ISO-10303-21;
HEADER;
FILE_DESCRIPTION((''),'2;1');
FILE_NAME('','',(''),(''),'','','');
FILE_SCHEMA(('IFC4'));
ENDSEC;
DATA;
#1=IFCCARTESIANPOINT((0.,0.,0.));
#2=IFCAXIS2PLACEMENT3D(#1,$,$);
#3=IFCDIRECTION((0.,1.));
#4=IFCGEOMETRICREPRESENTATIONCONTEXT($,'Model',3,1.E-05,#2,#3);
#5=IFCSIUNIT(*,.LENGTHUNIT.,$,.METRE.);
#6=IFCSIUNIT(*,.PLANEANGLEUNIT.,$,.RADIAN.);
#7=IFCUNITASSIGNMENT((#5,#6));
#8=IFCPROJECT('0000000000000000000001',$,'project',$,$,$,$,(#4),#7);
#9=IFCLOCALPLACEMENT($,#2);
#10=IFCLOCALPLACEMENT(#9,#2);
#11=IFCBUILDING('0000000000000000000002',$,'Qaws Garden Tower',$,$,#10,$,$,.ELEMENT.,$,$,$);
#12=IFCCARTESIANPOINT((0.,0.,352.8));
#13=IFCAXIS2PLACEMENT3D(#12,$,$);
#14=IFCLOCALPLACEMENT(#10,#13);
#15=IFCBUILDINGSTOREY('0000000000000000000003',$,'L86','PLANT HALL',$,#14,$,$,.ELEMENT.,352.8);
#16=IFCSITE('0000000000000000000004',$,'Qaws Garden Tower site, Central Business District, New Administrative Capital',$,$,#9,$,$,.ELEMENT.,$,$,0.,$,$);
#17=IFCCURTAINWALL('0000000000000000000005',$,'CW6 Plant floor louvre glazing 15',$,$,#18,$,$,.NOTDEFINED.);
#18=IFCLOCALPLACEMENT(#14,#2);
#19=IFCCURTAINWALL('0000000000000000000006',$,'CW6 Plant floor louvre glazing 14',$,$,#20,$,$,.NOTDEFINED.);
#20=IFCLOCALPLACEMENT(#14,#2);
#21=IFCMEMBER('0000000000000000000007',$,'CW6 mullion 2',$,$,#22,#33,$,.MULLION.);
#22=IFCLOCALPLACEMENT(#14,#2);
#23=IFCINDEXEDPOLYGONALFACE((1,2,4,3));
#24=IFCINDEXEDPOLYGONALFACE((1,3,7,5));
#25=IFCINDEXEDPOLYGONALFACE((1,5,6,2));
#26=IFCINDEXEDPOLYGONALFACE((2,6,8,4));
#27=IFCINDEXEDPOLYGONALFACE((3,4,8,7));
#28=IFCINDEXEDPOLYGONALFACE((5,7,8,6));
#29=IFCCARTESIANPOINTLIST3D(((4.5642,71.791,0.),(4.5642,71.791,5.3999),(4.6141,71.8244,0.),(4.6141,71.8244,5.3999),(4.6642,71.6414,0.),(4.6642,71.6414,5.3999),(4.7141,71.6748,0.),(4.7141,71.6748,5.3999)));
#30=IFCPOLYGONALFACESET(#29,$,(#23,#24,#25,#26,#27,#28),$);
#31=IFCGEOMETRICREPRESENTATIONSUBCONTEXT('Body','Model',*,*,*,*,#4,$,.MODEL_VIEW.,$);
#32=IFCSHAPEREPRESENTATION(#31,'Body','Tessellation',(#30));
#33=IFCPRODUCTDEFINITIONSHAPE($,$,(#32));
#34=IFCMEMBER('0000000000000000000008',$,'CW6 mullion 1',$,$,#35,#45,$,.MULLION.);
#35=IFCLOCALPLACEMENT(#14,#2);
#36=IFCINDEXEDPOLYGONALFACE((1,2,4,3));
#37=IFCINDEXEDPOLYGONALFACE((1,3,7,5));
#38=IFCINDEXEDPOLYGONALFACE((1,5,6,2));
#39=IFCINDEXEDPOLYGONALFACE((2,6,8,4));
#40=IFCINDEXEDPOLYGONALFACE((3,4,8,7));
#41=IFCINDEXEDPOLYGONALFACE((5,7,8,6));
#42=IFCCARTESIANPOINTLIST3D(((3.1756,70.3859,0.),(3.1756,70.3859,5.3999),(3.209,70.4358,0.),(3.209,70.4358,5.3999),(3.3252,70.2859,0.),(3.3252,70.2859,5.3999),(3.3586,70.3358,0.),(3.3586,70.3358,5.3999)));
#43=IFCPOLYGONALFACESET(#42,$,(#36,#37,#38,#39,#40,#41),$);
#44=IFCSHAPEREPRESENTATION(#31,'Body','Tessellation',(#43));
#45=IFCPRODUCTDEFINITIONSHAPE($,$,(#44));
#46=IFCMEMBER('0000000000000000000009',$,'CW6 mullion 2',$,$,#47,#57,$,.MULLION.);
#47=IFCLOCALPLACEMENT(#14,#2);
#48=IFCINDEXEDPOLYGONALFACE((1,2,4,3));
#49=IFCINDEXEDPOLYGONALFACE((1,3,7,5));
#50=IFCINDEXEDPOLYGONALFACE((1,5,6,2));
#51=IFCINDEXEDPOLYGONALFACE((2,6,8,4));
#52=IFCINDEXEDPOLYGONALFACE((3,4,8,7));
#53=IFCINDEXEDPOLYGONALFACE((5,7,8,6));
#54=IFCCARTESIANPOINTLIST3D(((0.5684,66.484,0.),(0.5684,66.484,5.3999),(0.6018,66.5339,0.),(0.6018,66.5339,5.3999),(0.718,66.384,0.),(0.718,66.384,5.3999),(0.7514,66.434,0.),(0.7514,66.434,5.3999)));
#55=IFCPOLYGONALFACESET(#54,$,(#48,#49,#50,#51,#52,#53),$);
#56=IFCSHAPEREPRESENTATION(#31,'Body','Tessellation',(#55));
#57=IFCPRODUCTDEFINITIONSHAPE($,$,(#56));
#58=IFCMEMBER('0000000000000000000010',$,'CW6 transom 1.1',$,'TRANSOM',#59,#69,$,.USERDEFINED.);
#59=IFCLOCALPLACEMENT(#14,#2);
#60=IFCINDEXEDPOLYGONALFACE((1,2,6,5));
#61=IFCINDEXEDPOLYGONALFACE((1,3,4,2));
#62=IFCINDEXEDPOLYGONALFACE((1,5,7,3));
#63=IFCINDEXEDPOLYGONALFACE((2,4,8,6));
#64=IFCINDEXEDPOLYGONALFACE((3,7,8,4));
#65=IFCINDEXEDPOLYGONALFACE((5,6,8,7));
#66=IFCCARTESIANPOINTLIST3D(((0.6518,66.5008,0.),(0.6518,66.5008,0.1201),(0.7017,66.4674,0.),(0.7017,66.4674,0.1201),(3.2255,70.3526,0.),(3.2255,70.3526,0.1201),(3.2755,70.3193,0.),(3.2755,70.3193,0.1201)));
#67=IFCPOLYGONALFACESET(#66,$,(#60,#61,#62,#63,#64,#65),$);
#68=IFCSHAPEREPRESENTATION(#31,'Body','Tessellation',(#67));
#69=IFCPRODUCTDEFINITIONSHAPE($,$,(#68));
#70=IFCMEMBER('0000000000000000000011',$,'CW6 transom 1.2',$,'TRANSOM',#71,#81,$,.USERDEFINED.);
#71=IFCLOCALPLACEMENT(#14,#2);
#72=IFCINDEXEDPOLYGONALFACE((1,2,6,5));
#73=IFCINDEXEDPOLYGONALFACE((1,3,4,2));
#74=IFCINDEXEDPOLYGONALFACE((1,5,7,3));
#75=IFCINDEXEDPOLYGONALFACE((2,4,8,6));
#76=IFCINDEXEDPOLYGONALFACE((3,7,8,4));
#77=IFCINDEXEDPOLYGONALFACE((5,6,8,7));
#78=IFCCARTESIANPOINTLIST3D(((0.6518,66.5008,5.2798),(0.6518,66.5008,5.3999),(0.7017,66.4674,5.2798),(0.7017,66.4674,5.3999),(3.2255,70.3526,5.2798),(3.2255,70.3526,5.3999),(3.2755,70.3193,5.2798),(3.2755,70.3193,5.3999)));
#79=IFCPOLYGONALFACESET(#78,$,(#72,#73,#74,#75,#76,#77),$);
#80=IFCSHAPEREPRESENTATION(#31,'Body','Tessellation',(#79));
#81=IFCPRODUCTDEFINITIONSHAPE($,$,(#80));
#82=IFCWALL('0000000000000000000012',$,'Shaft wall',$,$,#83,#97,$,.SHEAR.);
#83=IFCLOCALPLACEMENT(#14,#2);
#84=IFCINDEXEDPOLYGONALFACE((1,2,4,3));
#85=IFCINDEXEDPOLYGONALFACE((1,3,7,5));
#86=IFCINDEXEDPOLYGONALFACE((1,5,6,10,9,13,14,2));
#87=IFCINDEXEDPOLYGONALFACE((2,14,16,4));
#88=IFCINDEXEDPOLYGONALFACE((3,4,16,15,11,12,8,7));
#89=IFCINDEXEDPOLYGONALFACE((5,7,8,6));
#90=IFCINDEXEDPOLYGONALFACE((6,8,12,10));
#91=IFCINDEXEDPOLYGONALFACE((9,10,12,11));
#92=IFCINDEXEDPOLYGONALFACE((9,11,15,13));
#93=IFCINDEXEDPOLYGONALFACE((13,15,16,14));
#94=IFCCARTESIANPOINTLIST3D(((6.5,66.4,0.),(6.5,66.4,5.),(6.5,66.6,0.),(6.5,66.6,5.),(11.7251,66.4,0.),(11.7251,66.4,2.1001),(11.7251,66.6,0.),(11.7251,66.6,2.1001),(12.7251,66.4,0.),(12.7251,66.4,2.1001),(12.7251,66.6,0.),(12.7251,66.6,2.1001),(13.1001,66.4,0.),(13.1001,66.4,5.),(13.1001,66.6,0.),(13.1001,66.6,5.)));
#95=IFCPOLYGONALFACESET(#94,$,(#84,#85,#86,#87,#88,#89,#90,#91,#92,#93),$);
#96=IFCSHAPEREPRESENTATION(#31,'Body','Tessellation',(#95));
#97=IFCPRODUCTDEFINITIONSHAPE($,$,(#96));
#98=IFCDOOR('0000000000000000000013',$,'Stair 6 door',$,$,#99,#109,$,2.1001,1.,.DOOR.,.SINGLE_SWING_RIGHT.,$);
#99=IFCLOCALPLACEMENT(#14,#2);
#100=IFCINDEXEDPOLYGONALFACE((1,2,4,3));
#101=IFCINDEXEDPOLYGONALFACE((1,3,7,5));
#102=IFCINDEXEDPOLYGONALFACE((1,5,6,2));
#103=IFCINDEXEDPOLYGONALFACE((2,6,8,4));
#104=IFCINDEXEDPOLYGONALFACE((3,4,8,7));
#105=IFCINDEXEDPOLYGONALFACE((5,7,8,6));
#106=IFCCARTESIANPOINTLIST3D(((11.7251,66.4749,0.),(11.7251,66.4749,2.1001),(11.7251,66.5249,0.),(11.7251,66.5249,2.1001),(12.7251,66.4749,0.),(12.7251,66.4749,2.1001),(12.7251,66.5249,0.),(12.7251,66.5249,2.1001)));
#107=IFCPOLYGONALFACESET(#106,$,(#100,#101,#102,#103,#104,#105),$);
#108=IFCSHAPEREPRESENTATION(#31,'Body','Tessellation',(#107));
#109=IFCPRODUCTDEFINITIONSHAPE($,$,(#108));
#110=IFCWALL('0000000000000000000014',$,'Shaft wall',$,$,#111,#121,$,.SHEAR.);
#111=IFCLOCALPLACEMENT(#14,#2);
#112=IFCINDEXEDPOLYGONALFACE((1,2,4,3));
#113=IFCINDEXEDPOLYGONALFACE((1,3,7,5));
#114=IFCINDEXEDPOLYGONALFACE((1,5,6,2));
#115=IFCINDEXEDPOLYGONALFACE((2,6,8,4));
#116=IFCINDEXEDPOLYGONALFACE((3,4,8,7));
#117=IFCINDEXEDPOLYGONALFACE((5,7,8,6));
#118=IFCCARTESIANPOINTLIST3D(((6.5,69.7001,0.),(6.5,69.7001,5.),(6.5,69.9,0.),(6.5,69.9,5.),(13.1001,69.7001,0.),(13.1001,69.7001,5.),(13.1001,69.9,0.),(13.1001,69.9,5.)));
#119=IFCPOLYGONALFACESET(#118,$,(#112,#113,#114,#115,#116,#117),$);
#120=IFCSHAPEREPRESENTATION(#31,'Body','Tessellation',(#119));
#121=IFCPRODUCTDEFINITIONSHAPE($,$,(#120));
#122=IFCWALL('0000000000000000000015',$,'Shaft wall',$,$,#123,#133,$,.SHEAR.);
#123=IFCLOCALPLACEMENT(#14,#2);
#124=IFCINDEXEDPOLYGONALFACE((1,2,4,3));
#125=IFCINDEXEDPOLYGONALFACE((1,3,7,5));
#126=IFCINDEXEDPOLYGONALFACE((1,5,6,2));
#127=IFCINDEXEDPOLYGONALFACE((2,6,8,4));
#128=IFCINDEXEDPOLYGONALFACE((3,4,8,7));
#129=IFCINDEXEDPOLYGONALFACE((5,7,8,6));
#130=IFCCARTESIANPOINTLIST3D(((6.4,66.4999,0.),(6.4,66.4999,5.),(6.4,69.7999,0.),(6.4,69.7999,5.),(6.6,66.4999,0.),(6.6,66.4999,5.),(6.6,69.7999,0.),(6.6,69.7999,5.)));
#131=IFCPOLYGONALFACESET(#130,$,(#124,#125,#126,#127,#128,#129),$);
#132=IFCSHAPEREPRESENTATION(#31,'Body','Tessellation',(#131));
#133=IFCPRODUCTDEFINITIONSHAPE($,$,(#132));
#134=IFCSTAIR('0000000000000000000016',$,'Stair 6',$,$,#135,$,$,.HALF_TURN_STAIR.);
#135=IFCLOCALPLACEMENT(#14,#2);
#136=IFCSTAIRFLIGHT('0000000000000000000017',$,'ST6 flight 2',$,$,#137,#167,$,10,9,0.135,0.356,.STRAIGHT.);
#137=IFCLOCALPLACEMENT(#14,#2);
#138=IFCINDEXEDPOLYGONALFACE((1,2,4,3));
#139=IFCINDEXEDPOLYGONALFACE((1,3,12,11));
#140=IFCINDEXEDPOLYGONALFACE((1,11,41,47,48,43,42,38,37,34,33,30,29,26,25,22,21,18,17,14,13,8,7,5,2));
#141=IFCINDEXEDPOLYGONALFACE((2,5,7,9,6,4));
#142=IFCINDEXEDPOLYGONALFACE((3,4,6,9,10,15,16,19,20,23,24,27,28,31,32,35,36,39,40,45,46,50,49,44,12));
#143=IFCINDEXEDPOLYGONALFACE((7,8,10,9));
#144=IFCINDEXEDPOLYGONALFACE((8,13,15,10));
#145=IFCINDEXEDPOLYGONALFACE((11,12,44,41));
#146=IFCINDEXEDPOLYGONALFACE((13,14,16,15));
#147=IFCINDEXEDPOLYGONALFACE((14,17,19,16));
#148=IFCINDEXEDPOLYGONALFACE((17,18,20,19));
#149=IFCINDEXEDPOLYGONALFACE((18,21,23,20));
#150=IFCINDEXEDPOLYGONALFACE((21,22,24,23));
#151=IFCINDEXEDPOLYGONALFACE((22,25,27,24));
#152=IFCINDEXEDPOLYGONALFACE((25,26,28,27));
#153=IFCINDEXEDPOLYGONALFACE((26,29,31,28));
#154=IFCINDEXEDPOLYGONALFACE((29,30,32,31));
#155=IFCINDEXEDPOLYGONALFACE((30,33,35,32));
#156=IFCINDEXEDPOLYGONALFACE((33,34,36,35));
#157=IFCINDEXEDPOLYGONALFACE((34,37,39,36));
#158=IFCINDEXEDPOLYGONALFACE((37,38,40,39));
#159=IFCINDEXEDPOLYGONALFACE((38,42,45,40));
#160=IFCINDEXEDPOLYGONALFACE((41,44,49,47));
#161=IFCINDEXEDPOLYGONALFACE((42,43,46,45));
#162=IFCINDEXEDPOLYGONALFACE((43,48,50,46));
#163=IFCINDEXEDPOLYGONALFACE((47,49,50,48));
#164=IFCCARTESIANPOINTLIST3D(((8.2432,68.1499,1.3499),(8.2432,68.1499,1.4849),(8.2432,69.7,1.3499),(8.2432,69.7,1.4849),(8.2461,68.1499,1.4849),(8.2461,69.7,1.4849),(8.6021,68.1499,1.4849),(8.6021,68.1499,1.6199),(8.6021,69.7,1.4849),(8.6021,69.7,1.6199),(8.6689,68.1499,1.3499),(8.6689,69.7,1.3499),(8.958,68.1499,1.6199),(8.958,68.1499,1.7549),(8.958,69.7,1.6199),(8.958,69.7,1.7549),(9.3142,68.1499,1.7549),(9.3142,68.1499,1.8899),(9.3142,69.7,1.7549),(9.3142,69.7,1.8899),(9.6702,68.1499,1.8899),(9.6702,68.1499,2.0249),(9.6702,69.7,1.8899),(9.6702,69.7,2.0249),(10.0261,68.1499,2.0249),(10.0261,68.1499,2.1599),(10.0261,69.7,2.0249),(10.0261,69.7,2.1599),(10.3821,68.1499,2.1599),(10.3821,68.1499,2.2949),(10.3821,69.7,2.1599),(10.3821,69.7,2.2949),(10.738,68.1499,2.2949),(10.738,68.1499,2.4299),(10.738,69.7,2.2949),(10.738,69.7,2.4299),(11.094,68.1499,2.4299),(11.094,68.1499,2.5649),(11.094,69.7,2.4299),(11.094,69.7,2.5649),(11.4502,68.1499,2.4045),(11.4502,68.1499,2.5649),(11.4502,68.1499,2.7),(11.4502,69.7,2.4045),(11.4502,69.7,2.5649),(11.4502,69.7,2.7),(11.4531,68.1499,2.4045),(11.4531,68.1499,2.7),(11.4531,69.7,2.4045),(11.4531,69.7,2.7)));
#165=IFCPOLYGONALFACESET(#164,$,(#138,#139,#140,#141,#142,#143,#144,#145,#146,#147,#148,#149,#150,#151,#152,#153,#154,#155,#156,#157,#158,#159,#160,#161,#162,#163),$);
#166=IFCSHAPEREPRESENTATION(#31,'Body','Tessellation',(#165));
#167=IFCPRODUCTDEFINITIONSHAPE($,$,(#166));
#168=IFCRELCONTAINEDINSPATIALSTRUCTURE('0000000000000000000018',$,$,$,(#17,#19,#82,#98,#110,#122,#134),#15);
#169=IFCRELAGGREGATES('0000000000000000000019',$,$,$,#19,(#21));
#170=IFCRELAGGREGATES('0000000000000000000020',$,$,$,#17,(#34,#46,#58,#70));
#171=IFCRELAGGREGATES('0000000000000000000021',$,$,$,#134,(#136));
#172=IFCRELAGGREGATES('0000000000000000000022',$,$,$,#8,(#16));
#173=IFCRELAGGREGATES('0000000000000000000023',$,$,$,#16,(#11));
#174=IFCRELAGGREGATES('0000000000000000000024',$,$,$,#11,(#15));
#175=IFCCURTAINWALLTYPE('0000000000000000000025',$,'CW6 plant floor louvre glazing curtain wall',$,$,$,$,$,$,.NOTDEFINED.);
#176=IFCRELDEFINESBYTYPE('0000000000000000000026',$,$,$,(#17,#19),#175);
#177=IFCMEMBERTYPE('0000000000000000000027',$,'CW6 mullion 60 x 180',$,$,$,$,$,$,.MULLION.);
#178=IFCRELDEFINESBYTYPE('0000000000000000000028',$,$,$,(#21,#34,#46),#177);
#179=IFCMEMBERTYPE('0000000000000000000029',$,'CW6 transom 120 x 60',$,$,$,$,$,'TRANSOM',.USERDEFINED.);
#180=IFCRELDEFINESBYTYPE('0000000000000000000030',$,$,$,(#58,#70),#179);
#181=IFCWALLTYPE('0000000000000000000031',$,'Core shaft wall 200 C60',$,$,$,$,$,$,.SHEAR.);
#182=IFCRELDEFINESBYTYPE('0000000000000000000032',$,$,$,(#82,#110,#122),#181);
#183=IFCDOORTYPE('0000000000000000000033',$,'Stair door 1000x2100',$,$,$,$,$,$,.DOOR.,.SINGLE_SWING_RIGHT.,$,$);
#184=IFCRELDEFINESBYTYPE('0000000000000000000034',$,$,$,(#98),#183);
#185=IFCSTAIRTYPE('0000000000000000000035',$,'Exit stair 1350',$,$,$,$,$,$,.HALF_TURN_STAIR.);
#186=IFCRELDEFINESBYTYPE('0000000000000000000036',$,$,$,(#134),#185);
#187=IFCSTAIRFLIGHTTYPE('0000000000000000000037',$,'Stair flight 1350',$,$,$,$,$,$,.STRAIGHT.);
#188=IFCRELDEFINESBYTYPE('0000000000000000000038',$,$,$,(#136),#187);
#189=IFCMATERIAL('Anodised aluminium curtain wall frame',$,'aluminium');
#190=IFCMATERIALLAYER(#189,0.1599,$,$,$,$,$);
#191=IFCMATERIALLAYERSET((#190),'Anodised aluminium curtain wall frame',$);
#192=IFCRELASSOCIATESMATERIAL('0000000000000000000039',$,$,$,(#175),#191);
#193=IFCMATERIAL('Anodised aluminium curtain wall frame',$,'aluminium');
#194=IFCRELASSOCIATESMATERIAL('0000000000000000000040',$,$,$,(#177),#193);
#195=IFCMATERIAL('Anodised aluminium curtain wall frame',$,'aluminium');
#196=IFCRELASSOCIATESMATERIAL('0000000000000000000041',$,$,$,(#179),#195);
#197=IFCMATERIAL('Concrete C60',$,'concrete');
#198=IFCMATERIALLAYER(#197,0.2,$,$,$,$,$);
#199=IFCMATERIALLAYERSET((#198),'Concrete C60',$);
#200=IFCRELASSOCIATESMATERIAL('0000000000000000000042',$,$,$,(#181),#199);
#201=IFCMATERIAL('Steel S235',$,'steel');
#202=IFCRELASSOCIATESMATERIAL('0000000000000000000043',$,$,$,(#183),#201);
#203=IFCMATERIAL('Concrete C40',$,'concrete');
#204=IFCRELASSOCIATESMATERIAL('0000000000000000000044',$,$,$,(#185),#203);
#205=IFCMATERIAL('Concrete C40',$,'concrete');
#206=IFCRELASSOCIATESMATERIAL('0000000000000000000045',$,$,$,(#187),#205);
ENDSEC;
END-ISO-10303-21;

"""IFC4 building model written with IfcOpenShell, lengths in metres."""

from ifc_helpers import new_model, si_unit, direction, frame, frame_2d, origin, origin_2d, place, context, subcontext, project, spatial, polyline, rectangle, outline, extrude, material, layer, layer_set, material_profile, profile_set, type_object, element, fill, aggregate, save


model = new_model("IFC4")

# Units and contexts
model_context = context("Model", 3, precision=1e-05, world=origin(), true_north=direction((0.0, 1.0)))
body_context = subcontext(model_context, "Body", "Model", "MODEL_VIEW")
ifc_project = project(units=[si_unit("LENGTHUNIT", "METRE"), si_unit("PLANEANGLEUNIT", "RADIAN")], contexts=[model_context])

# Site, building, storey
site_placement = place(None, origin())
site = spatial("IfcSite", under=ifc_project, at=site_placement, Name="Qaws Garden Tower site, Central Business District, New Administrative Capital", CompositionType="ELEMENT", RefElevation=0.0)
building_placement = place(site_placement, origin())
building = spatial("IfcBuilding", under=site, at=building_placement, Name="Qaws Garden Tower", CompositionType="ELEMENT")
storey_placement = place(building_placement, frame((0.0, 0.0, 352.8)))
storey = spatial("IfcBuildingStorey", under=building, at=storey_placement, Name="L86", Description="PLANT HALL", CompositionType="ELEMENT", Elevation=352.8)

# Curtain walls, member
ifc_material_1 = material(Name="Anodised aluminium curtain wall frame", Category="aluminium")
ifc_layer_1 = layer(ifc_material_1, 0.1599)
ifc_layer_set_1 = layer_set([ifc_layer_1], Name="Anodised aluminium curtain wall frame")
curtain_wall_type = type_object("IfcCurtainWallType", Name="CW6 plant floor louvre glazing curtain wall", PredefinedType="NOTDEFINED", material=ifc_layer_set_1)
placement_1 = place(storey_placement, origin())
curtain_wall_1 = element("IfcCurtainWall", 1, at=placement_1, inside=storey, type_object=curtain_wall_type, Name="CW6 Plant floor louvre glazing 15", PredefinedType="NOTDEFINED")
curtain_wall_2 = element("IfcCurtainWall", 2, at=placement_1, inside=storey, type_object=curtain_wall_type, Name="CW6 Plant floor louvre glazing 14", PredefinedType="NOTDEFINED")
ifc_material_2 = material(Name="Anodised aluminium curtain wall frame", Category="aluminium")
ifc_material_profile_1 = material_profile(ifc_material_2, rectangle(XDim=0.1799, YDim=0.0601, at=origin_2d()), Name="AL 60x180")
ifc_profile_set_1 = profile_set([ifc_material_profile_1], Name="Anodised aluminium curtain wall frame")
member_type_1 = type_object("IfcMemberType", Name="CW6 mullion 60 x 180", PredefinedType="MULLION", material=ifc_profile_set_1)
member_1_placement = place(storey_placement, frame((4.6392, 71.7329, 0.0), z_axis=(0.0, 0.0, 1.0), x_axis=(0.55557, -0.83147, 0.0)))
member_1 = element("IfcMember", 3, at=member_1_placement, type_object=member_type_1, Name="CW6 mullion 2", PredefinedType="MULLION", context=body_context, shape_type="SweptSolid", body=[
    extrude(rectangle(XDim=0.1799, YDim=0.0601, at=origin_2d()), origin(), (0.0, 0.0, 1.0), 5.3999),
])
aggregate(curtain_wall_2, [member_1])

# Members
member_2_placement = place(storey_placement, frame((3.2671, 70.3608, 0.0), z_axis=(0.0, 0.0, 1.0), x_axis=(0.83147, -0.55557, 0.0)))
member_2 = element("IfcMember", 4, at=member_2_placement, type_object=member_type_1, Name="CW6 mullion 1", PredefinedType="MULLION", context=body_context, shape_type="SweptSolid", body=[
    extrude(rectangle(XDim=0.1799, YDim=0.0601, at=origin_2d()), origin(), (0.0, 0.0, 1.0), 5.3999),
])
member_3_placement = place(storey_placement, frame((0.6599, 66.459, 0.0), z_axis=(0.0, 0.0, 1.0), x_axis=(0.83147, -0.55557, 0.0)))
member_3 = element("IfcMember", 5, at=member_3_placement, type_object=member_type_1, Name="CW6 mullion 2", PredefinedType="MULLION", context=body_context, shape_type="SweptSolid", body=[
    extrude(rectangle(XDim=0.1799, YDim=0.0601, at=origin_2d()), origin(), (0.0, 0.0, 1.0), 5.3999),
])
ifc_material_3 = material(Name="Anodised aluminium curtain wall frame", Category="aluminium")
ifc_material_profile_2 = material_profile(ifc_material_3, rectangle(XDim=0.0601, YDim=0.1201, at=origin_2d()), Name="AL 60x120")
ifc_profile_set_2 = profile_set([ifc_material_profile_2], Name="Anodised aluminium curtain wall frame")
member_type_2 = type_object("IfcMemberType", Name="CW6 transom 120 x 60", ElementType="TRANSOM", PredefinedType="USERDEFINED", material=ifc_profile_set_2)
member_4_placement = place(storey_placement, frame((3.2505, 70.3359, 0.0601), z_axis=(-0.555576, -0.831466, 0.0), x_axis=(0.831466, -0.555576, 0.0)))
member_4 = element("IfcMember", 6, at=member_4_placement, type_object=member_type_2, Name="CW6 transom 1.1", ObjectType="TRANSOM", PredefinedType="USERDEFINED", context=body_context, shape_type="SweptSolid", body=[
    extrude(rectangle(XDim=0.0601, YDim=0.1201, at=origin_2d()), origin(), (0.0, 0.0, 1.0), 4.6326),
])
member_5_placement = place(storey_placement, frame((3.2505, 70.3359, 5.3398), z_axis=(-0.555576, -0.831466, 0.0), x_axis=(0.831466, -0.555576, 0.0)))
member_5 = element("IfcMember", 7, at=member_5_placement, type_object=member_type_2, Name="CW6 transom 1.2", ObjectType="TRANSOM", PredefinedType="USERDEFINED", context=body_context, shape_type="SweptSolid", body=[
    extrude(rectangle(XDim=0.0601, YDim=0.1201, at=origin_2d()), origin(), (0.0, 0.0, 1.0), 4.6326),
])

aggregate(curtain_wall_1, [member_2, member_3, member_4, member_5])

# Wall, opening, door
ifc_material_4 = material(Name="Concrete C60", Category="concrete")
ifc_layer_2 = layer(ifc_material_4, 0.2)
ifc_layer_set_2 = layer_set([ifc_layer_2], Name="Concrete C60")
wall_type = type_object("IfcWallType", Name="Core shaft wall 200 C60", PredefinedType="SHEAR", material=ifc_layer_set_2)
wall_1_placement = place(storey_placement, frame((6.5, 66.5, 0.0), z_axis=(0.0, 0.0, 1.0), x_axis=(1.0, 0.0, 0.0)))
wall_1 = element("IfcWall", 8, at=wall_1_placement, inside=storey, type_object=wall_type, Name="Shaft wall", PredefinedType="SHEAR", context=body_context, shape_type="SweptSolid", body=[
    extrude(rectangle(XDim=6.6001, YDim=0.2, at=frame_2d((3.3, 0.0))), origin(), (0.0, 0.0, 1.0), 5.0),
])
opening_placement = place(wall_1_placement, frame((5.2251, 0.0, 0.0)))
opening = element("IfcOpeningElement", 9, at=opening_placement, cuts=wall_1, PredefinedType="OPENING", context=body_context, shape_type="SweptSolid", body=[
    extrude(rectangle(XDim=1.0, YDim=2.1001, at=frame_2d((0.5, 1.05))), frame((0.0, 0.1099, 0.0), z_axis=(0.0, -1.0, 0.0), x_axis=(1.0, 0.0, 0.0)), (0.0, 0.0, 1.0), 0.22),
])
ifc_material_5 = material(Name="Steel S235", Category="steel")
door_type = type_object("IfcDoorType", Name="Stair door 1000x2100", OperationType="SINGLE_SWING_RIGHT", PredefinedType="DOOR", material=ifc_material_5)
door_placement = place(opening_placement, origin())
door = element("IfcDoor", 10, at=door_placement, inside=storey, type_object=door_type, Name="Stair 6 door", OperationType="SINGLE_SWING_RIGHT", OverallHeight=2.1001, OverallWidth=1.0, PredefinedType="DOOR", context=body_context, shape_type="SweptSolid", body=[
    extrude(rectangle(XDim=1.0, YDim=2.1001, at=frame_2d((0.5, 1.05))), frame((0.0, 0.0249, 0.0), z_axis=(0.0, -1.0, 0.0), x_axis=(1.0, 0.0, 0.0)), (0.0, 0.0, 1.0), 0.05),
])
fill(opening, door)

# Walls
wall_2_placement = place(storey_placement, frame((6.5, 69.8, 0.0), z_axis=(0.0, 0.0, 1.0), x_axis=(1.0, 0.0, 0.0)))
element("IfcWall", 11, at=wall_2_placement, inside=storey, type_object=wall_type, Name="Shaft wall", PredefinedType="SHEAR", context=body_context, shape_type="SweptSolid", body=[
    extrude(rectangle(XDim=6.6001, YDim=0.2, at=frame_2d((3.3, 0.0))), origin(), (0.0, 0.0, 1.0), 5.0),
])
wall_3_placement = place(storey_placement, frame((6.5, 66.5, 0.0), z_axis=(0.0, 0.0, 1.0), x_axis=(0.0, 1.0, 0.0)))
element("IfcWall", 12, at=wall_3_placement, inside=storey, type_object=wall_type, Name="Shaft wall", PredefinedType="SHEAR", context=body_context, shape_type="SweptSolid", body=[
    extrude(rectangle(XDim=3.3, YDim=0.2, at=frame_2d((1.6499, 0.0))), origin(), (0.0, 0.0, 1.0), 5.0),
])

# Stair, stair flight
ifc_material_6 = material(Name="Concrete C40", Category="concrete")
stair_type = type_object("IfcStairType", Name="Exit stair 1350", PredefinedType="HALF_TURN_STAIR", material=ifc_material_6)
stair = element("IfcStair", 13, at=placement_1, inside=storey, type_object=stair_type, Name="Stair 6", PredefinedType="HALF_TURN_STAIR")
ifc_material_7 = material(Name="Concrete C40", Category="concrete")
stair_flight_type = type_object("IfcStairFlightType", Name="Stair flight 1350", PredefinedType="STRAIGHT", material=ifc_material_7)
stair_flight_1_placement = place(storey_placement, frame((8.2461, 68.925, 1.3499), z_axis=(0.0, 0.0, 1.0), x_axis=(1.0, 0.0, 0.0)))
stair_flight_1 = element("IfcStairFlight", 14, at=stair_flight_1_placement, type_object=stair_flight_type, Name="ST6 flight 2", NumberOfRisers=10, NumberOfTreads=9, PredefinedType="STRAIGHT", RiserHeight=0.135, TreadLength=0.356, context=body_context, shape_type="SweptSolid", body=[
    extrude(outline(polyline([(-0.0029, 0.0), (-0.0029, 0.135), (0.0, 0.135), (0.356, 0.135), (0.356, 0.27), (0.7119, 0.27), (0.7119, 0.405), (1.0681, 0.405), (1.0681, 0.54), (1.4241, 0.54), (1.4241, 0.675), (1.78, 0.675), (1.78, 0.8101), (2.136, 0.8101), (2.136, 0.9451), (2.4919, 0.9451), (2.4919, 1.0801), (2.8479, 1.0801), (2.8479, 1.2151), (3.2041, 1.2151), (3.2041, 1.3501), (3.207, 1.3501), (3.207, 1.0547), (3.2041, 1.0547), (0.4229, 0.0), (-0.0029, 0.0)])), frame((0.0, 0.7749, 0.0), z_axis=(0.0, -1.0, 0.0), x_axis=(1.0, 0.0, 0.0)), (0.0, 0.0, 1.0), 1.55),
])
aggregate(stair, [stair_flight_1])

save(model, "model.ifc")
